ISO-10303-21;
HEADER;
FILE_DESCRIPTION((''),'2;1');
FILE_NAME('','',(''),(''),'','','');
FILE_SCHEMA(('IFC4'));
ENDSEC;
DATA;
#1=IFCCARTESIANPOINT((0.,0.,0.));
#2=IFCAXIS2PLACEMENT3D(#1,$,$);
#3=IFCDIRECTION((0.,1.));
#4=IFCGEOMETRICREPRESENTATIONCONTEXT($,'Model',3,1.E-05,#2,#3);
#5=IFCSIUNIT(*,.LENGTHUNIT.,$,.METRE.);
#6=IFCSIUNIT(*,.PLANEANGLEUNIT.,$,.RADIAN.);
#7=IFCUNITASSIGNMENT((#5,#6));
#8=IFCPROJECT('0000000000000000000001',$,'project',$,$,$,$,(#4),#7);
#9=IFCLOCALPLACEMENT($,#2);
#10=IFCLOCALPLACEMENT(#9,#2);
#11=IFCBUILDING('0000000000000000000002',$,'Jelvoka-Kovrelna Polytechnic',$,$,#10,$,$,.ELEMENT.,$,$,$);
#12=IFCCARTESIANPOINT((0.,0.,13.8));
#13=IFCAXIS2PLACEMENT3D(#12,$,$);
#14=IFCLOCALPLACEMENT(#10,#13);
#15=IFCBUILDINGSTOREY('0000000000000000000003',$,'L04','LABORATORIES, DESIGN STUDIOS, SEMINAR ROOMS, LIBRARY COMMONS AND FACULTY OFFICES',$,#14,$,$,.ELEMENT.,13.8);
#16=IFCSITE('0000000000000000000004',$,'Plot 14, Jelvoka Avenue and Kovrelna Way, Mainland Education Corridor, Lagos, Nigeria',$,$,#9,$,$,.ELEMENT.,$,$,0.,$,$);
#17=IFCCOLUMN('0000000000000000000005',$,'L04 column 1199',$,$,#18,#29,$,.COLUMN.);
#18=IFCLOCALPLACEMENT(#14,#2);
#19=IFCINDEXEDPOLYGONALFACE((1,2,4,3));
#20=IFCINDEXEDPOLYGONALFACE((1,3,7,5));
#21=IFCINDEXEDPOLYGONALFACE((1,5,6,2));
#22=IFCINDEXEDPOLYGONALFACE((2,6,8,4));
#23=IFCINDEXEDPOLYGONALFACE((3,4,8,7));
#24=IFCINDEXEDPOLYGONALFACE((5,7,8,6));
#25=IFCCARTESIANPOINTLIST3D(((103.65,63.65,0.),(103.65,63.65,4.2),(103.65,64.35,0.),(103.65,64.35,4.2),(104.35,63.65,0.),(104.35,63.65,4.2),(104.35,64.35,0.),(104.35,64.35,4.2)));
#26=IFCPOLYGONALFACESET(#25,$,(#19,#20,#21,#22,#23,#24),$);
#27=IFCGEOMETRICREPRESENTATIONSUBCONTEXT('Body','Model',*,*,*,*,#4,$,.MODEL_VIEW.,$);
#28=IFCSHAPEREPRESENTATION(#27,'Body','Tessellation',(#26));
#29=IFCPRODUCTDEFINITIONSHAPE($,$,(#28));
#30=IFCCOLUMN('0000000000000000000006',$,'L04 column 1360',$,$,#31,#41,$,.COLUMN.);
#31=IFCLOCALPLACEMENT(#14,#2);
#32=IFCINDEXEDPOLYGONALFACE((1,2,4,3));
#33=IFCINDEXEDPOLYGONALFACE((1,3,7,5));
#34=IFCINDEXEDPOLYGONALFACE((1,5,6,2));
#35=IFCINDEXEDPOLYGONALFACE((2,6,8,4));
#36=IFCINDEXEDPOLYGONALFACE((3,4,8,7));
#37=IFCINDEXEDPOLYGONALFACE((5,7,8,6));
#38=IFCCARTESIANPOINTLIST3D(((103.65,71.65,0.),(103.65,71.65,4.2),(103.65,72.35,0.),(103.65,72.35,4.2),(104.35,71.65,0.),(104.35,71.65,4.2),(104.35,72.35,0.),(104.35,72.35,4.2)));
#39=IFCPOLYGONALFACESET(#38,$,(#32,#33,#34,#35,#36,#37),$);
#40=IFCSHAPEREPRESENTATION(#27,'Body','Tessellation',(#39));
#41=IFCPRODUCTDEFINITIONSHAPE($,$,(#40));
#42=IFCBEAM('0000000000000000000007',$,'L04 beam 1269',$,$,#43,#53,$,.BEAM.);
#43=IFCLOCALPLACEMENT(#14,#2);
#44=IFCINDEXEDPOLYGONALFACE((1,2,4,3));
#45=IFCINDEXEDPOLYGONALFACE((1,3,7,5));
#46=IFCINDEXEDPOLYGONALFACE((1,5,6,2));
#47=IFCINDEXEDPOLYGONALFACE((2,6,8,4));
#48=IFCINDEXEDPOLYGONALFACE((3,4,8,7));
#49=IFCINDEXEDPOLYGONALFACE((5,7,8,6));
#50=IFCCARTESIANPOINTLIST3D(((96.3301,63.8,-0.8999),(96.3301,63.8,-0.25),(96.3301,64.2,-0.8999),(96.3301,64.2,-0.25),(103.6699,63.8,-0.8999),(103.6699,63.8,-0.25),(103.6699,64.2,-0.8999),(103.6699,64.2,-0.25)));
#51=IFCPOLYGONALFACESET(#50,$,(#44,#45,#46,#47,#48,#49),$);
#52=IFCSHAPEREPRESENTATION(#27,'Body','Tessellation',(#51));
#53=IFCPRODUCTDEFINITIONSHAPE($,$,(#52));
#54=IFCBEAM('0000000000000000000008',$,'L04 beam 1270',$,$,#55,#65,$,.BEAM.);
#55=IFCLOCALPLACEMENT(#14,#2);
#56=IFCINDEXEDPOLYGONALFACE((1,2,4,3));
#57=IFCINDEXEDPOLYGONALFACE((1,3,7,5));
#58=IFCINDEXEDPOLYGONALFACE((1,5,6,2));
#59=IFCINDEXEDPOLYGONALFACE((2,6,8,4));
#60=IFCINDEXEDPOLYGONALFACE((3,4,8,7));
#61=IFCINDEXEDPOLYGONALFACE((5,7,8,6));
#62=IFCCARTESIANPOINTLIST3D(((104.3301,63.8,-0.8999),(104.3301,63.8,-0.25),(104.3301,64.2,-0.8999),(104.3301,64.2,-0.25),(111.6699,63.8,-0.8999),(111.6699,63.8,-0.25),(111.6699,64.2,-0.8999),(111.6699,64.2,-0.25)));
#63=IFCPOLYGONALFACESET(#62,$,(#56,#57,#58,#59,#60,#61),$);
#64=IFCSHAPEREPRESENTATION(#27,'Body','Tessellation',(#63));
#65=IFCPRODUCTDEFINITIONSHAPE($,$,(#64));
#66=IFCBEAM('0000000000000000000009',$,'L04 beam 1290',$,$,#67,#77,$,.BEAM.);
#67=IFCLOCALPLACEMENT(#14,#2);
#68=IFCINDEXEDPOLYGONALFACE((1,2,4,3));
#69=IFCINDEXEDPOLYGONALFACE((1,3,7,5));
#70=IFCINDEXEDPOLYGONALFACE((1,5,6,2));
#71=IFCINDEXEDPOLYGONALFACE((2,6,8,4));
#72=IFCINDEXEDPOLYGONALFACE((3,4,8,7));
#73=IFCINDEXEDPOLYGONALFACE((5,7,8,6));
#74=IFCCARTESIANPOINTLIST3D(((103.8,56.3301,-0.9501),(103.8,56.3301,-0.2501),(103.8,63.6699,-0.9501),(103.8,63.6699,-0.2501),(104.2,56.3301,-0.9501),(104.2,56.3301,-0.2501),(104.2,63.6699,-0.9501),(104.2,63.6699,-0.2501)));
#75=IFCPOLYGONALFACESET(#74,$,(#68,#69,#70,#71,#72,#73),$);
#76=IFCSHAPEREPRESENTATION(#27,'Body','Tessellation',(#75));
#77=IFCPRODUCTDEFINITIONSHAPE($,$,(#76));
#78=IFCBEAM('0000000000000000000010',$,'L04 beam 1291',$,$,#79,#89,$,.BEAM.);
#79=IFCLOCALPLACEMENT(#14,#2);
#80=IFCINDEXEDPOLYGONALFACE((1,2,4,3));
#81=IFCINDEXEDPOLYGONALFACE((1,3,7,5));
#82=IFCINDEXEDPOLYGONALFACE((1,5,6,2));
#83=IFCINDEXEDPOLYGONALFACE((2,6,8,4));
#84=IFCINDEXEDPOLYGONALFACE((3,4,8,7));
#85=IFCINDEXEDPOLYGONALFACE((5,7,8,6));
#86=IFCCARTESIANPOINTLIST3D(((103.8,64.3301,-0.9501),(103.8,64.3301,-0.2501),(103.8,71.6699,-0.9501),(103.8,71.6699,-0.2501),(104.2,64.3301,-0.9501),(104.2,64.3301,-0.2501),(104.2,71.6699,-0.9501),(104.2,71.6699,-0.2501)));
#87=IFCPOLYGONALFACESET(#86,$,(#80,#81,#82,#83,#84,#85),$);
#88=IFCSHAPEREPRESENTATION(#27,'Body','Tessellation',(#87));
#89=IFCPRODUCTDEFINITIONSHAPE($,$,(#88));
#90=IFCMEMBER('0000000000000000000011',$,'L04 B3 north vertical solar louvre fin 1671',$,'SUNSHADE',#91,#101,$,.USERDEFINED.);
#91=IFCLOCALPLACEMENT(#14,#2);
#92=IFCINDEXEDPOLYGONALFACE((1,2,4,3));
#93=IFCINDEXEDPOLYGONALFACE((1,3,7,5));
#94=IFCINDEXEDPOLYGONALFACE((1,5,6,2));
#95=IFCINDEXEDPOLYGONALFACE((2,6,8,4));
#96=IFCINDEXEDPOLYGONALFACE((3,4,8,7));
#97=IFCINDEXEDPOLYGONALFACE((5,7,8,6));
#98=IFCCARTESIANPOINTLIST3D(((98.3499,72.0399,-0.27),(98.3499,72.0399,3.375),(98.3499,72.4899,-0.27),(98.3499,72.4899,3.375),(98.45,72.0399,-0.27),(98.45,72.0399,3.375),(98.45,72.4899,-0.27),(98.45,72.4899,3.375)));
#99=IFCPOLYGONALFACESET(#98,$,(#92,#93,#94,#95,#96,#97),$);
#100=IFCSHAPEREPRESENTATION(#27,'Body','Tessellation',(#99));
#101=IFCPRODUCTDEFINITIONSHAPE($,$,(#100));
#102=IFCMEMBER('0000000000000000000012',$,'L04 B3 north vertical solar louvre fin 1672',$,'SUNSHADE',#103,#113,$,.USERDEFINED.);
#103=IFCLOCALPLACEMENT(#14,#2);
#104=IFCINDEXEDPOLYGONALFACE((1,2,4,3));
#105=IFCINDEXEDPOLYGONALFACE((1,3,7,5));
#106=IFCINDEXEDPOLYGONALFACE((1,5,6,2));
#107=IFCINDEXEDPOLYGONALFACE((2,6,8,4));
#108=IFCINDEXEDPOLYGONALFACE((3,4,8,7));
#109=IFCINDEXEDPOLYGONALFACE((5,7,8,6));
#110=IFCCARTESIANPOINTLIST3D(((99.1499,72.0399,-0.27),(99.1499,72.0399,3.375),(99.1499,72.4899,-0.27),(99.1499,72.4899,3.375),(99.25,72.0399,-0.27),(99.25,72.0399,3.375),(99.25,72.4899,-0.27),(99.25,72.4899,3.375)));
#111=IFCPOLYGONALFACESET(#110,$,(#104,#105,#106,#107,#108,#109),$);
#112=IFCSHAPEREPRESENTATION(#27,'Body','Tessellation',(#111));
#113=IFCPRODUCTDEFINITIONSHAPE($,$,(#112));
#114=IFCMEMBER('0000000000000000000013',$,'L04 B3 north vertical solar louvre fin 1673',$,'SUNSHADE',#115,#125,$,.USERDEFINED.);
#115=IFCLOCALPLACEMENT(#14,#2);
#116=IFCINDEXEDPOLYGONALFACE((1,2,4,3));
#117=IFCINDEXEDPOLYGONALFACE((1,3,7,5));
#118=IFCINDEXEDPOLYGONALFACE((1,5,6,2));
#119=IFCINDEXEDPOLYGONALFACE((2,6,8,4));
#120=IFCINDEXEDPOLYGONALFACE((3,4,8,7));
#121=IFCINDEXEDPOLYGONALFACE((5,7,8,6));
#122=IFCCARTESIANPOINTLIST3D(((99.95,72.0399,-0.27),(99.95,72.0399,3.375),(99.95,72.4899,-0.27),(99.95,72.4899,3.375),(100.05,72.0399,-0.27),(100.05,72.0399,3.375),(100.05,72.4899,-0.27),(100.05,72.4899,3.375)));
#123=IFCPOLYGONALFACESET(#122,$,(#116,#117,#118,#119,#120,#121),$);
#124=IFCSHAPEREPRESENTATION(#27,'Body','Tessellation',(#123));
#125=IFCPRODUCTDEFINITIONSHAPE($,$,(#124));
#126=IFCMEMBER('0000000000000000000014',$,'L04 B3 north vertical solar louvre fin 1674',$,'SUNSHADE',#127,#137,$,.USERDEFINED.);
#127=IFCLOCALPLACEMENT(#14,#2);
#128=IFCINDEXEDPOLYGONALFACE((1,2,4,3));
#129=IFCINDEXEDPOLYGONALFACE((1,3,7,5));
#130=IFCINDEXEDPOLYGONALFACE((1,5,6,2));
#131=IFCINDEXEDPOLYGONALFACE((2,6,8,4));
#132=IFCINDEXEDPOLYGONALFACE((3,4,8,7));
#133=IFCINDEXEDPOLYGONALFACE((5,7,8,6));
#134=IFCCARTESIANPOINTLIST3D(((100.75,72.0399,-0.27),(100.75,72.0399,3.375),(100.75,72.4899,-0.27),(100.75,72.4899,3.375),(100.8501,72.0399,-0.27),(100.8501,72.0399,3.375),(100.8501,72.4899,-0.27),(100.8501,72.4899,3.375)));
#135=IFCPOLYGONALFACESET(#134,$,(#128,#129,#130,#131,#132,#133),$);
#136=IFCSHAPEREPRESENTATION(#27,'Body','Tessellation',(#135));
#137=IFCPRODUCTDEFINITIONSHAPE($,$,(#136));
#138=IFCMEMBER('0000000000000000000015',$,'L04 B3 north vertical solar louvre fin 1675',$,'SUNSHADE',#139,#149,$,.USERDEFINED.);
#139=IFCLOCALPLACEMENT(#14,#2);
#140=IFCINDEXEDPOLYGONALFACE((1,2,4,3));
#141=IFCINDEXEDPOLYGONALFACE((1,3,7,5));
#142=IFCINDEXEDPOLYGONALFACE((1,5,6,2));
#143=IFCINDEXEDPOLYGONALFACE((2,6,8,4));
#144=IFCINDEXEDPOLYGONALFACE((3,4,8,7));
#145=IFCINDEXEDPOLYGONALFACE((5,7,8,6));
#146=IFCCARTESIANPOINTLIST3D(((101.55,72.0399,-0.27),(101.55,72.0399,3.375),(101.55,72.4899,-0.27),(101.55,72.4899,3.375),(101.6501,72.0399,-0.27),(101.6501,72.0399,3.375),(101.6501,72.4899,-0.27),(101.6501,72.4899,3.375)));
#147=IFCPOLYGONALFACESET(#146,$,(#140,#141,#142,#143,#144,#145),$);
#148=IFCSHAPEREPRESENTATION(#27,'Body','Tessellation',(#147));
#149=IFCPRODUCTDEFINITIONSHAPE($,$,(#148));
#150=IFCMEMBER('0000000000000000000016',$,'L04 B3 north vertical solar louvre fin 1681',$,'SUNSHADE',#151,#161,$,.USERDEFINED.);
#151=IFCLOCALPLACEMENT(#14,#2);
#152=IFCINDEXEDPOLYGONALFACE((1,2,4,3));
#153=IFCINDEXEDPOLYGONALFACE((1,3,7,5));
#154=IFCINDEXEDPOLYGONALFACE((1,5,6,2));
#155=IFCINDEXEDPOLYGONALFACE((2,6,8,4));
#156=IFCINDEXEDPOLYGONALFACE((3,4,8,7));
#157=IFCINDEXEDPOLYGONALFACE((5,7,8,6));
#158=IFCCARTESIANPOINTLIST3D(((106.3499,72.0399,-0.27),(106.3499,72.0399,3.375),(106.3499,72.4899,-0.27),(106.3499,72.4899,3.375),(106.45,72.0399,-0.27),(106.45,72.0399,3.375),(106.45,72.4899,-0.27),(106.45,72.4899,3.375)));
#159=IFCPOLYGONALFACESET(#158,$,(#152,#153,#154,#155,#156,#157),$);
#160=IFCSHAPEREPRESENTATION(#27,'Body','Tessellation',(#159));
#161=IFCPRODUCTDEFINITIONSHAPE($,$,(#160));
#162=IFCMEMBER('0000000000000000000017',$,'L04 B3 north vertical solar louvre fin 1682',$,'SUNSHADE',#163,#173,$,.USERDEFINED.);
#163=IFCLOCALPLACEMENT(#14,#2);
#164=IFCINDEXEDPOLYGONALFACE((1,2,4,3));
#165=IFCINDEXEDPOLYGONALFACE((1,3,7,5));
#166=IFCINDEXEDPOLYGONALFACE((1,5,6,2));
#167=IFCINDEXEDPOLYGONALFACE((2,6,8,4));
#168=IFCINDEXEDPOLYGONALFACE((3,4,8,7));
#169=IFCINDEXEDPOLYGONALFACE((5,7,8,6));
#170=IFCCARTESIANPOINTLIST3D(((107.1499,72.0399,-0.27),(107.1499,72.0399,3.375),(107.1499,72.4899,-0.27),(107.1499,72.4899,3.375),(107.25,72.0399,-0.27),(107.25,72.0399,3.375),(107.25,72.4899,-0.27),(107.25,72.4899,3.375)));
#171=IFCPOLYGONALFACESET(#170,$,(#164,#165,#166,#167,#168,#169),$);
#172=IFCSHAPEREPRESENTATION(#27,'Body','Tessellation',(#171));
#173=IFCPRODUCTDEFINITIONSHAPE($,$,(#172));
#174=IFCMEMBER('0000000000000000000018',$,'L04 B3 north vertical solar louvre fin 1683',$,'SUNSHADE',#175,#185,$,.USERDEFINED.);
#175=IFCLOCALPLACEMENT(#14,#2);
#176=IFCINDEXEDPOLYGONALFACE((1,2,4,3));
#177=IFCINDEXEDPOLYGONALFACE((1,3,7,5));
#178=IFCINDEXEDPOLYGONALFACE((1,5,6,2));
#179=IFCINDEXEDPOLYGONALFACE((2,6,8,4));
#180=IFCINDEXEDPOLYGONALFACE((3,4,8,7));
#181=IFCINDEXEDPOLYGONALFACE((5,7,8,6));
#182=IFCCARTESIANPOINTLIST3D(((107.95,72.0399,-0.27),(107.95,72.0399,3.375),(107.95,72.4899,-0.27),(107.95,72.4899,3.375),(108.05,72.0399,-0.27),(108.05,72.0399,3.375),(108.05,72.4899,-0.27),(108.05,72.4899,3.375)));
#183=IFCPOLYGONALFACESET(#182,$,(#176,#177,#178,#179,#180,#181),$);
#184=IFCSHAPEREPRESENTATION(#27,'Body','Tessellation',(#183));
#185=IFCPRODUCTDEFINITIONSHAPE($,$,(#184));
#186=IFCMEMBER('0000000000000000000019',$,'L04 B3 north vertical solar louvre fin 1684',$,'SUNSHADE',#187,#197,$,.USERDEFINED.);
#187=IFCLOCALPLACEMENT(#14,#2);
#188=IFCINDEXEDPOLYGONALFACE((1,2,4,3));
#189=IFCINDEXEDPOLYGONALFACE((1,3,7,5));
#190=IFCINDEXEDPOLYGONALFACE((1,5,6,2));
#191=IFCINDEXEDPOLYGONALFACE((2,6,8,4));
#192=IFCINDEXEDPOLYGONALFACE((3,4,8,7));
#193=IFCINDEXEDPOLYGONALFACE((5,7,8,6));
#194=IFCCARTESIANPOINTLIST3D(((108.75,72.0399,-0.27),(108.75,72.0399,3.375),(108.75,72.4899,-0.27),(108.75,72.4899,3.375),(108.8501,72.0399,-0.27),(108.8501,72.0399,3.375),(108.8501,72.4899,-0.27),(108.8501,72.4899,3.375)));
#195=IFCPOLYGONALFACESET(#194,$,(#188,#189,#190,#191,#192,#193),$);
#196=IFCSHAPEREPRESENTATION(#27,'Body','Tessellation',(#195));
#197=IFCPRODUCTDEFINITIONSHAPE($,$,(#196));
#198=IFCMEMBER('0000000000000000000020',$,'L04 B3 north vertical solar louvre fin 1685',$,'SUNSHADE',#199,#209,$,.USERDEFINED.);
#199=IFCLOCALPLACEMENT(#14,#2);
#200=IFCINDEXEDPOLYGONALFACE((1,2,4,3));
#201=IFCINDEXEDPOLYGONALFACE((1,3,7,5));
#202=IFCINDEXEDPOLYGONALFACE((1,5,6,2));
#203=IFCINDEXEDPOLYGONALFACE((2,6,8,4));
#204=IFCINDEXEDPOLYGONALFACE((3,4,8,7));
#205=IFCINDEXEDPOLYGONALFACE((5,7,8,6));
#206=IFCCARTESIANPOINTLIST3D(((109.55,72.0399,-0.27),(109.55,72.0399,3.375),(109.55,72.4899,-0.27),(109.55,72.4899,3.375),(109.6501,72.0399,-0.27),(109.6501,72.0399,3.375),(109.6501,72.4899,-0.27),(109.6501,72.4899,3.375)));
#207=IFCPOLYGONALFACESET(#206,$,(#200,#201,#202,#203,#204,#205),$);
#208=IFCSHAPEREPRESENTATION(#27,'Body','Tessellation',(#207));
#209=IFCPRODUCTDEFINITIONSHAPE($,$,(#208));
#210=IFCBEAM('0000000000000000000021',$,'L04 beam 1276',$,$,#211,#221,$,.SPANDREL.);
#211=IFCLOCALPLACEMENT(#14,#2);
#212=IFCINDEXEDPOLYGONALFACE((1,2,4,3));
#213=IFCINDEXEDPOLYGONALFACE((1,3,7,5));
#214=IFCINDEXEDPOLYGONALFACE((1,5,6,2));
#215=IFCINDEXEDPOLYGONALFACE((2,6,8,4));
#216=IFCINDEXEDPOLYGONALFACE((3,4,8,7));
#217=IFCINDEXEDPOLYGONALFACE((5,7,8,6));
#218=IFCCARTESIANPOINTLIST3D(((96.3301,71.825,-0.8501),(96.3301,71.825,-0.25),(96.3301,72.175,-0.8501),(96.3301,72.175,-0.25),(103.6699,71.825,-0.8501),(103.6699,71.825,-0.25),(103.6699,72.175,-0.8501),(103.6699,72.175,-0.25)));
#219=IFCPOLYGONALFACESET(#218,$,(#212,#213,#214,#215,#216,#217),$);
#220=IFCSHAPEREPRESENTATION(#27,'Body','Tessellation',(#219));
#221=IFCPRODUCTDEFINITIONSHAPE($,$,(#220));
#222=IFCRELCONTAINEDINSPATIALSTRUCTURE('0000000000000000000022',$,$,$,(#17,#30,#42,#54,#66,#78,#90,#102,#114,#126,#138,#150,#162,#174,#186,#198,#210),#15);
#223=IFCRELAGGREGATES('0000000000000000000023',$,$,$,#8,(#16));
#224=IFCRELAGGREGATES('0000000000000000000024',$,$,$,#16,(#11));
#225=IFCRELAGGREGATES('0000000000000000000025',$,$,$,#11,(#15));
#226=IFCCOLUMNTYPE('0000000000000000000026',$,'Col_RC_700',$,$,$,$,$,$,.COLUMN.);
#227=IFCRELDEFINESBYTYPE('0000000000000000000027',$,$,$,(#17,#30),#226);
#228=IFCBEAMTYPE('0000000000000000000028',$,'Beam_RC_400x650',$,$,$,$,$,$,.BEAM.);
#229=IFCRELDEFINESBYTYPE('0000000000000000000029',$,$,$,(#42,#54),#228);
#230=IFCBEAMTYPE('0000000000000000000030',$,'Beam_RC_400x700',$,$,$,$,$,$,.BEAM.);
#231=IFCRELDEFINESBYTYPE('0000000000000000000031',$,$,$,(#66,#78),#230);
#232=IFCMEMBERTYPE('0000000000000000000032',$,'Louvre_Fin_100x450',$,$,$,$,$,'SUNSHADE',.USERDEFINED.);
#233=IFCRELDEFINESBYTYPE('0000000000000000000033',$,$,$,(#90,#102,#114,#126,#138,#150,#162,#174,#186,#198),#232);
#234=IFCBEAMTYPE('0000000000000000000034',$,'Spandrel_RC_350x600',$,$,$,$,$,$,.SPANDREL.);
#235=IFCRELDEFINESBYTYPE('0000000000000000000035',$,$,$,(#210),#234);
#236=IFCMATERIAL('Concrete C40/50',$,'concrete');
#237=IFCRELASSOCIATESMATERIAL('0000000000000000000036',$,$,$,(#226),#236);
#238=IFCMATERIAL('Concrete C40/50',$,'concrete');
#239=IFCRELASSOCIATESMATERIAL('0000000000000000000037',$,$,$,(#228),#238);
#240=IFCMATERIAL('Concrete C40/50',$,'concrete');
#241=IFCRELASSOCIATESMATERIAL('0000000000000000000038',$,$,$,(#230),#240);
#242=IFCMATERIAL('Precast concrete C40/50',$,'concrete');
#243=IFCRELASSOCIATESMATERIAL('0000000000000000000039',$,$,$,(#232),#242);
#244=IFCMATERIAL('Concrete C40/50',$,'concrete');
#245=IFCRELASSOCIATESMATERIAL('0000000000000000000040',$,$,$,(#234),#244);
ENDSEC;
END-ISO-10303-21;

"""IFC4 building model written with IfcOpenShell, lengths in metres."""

from ifc_helpers import new_model, si_unit, direction, frame, origin, origin_2d, place, context, subcontext, project, spatial, rectangle, extrude, material, material_profile, profile_set, type_object, element, save


model = new_model("IFC4")

# Units and contexts
model_context = context("Model", 3, precision=1e-05, world=origin(), true_north=direction((0.0, 1.0)))
body_context = subcontext(model_context, "Body", "Model", "MODEL_VIEW")
ifc_project = project(units=[si_unit("LENGTHUNIT", "METRE"), si_unit("PLANEANGLEUNIT", "RADIAN")], contexts=[model_context])

# Site, building, storey
site_placement = place(None, origin())
site = spatial("IfcSite", under=ifc_project, at=site_placement, Name="Plot 14, Jelvoka Avenue and Kovrelna Way, Mainland Education Corridor, Lagos, Nigeria", CompositionType="ELEMENT", RefElevation=0.0)
building_placement = place(site_placement, origin())
building = spatial("IfcBuilding", under=site, at=building_placement, Name="Jelvoka-Kovrelna Polytechnic", CompositionType="ELEMENT")
storey_placement = place(building_placement, frame((0.0, 0.0, 13.8)))
storey = spatial("IfcBuildingStorey", under=building, at=storey_placement, Name="L04", Description="LABORATORIES, DESIGN STUDIOS, SEMINAR ROOMS, LIBRARY COMMONS AND FACULTY OFFICES", CompositionType="ELEMENT", Elevation=13.8)

# Columns
ifc_material_1 = material(Name="Concrete C40/50", Category="concrete")
ifc_material_profile_1 = material_profile(ifc_material_1, rectangle(XDim=0.7, YDim=0.7, at=origin_2d()), Name="RC 700x700")
ifc_profile_set_1 = profile_set([ifc_material_profile_1], Name="Concrete C40/50")
column_type = type_object("IfcColumnType", Name="Col_RC_700", PredefinedType="COLUMN", material=ifc_profile_set_1)
for number, where, z_axis, x_axis, name in (
    (1, (104.0, 64.0, 0.0), (0.0, 0.0, 1.0), (1.0, 0.0, 0.0), "L04 column 1199"),
    (2, (104.0, 72.0, 0.0), (0.0, 0.0, 1.0), (1.0, 0.0, 0.0), "L04 column 1360"),
):
    element("IfcColumn", number, at=place(storey_placement, frame(where, z_axis=z_axis, x_axis=x_axis)), inside=storey, type_object=column_type, Name=name, PredefinedType="COLUMN", context=body_context, shape_type="SweptSolid", body=[
        extrude(rectangle(XDim=0.7, YDim=0.7, at=origin_2d()), origin(), (0.0, 0.0, 1.0), 4.2),
    ])

# Beams
ifc_material_2 = material(Name="Concrete C40/50", Category="concrete")
ifc_material_profile_2 = material_profile(ifc_material_2, rectangle(XDim=0.3999, YDim=0.6499, at=origin_2d()), Name="RC 400x650")
ifc_profile_set_2 = profile_set([ifc_material_profile_2], Name="Concrete C40/50")
beam_type_1 = type_object("IfcBeamType", Name="Beam_RC_400x650", PredefinedType="BEAM", material=ifc_profile_set_2)
for number, where, z_axis, x_axis, name in (
    (3, (96.3301, 64.0, -0.575), (1.0, 0.0, 0.0), (0.0, 1.0, 0.0), "L04 beam 1269"),
    (4, (104.3301, 64.0, -0.575), (1.0, 0.0, 0.0), (0.0, 1.0, 0.0), "L04 beam 1270"),
):
    element("IfcBeam", number, at=place(storey_placement, frame(where, z_axis=z_axis, x_axis=x_axis)), inside=storey, type_object=beam_type_1, Name=name, PredefinedType="BEAM", context=body_context, shape_type="SweptSolid", body=[
        extrude(rectangle(XDim=0.3999, YDim=0.6499, at=origin_2d()), origin(), (0.0, 0.0, 1.0), 7.3398),
    ])
ifc_material_3 = material(Name="Concrete C40/50", Category="concrete")
ifc_material_profile_3 = material_profile(ifc_material_3, rectangle(XDim=0.3999, YDim=0.7, at=origin_2d()), Name="RC 400x700")
ifc_profile_set_3 = profile_set([ifc_material_profile_3], Name="Concrete C40/50")
beam_type_2 = type_object("IfcBeamType", Name="Beam_RC_400x700", PredefinedType="BEAM", material=ifc_profile_set_3)
for number, where, z_axis, x_axis, name in (
    (5, (104.0, 56.3301, -0.6001), (0.0, 1.0, 0.0), (-1.0, 0.0, 0.0), "L04 beam 1290"),
    (6, (104.0, 64.3301, -0.6001), (0.0, 1.0, 0.0), (-1.0, 0.0, 0.0), "L04 beam 1291"),
):
    element("IfcBeam", number, at=place(storey_placement, frame(where, z_axis=z_axis, x_axis=x_axis)), inside=storey, type_object=beam_type_2, Name=name, PredefinedType="BEAM", context=body_context, shape_type="SweptSolid", body=[
        extrude(rectangle(XDim=0.3999, YDim=0.7, at=origin_2d()), origin(), (0.0, 0.0, 1.0), 7.3398),
    ])

# Members
ifc_material_4 = material(Name="Precast concrete C40/50", Category="concrete")
ifc_material_profile_4 = material_profile(ifc_material_4, rectangle(XDim=0.1001, YDim=0.45, at=origin_2d()), Name="PC 100x450")
ifc_profile_set_4 = profile_set([ifc_material_profile_4], Name="Precast concrete C40/50")
member_type = type_object("IfcMemberType", Name="Louvre_Fin_100x450", ElementType="SUNSHADE", PredefinedType="USERDEFINED", material=ifc_profile_set_4)
for number, where, z_axis, x_axis, name in (
    (7, (98.3999, 72.2649, -0.27), (0.0, 0.0, 1.0), (1.0, 0.0, 0.0), "L04 B3 north vertical solar louvre fin 1671"),
    (8, (99.2, 72.2649, -0.27), (0.0, 0.0, 1.0), (1.0, 0.0, 0.0), "L04 B3 north vertical solar louvre fin 1672"),
    (9, (100.0, 72.2649, -0.27), (0.0, 0.0, 1.0), (1.0, 0.0, 0.0), "L04 B3 north vertical solar louvre fin 1673"),
    (10, (100.8, 72.2649, -0.27), (0.0, 0.0, 1.0), (1.0, 0.0, 0.0), "L04 B3 north vertical solar louvre fin 1674"),
    (11, (101.6001, 72.2649, -0.27), (0.0, 0.0, 1.0), (1.0, 0.0, 0.0), "L04 B3 north vertical solar louvre fin 1675"),
    (12, (106.3999, 72.2649, -0.27), (0.0, 0.0, 1.0), (1.0, 0.0, 0.0), "L04 B3 north vertical solar louvre fin 1681"),
    (13, (107.2, 72.2649, -0.27), (0.0, 0.0, 1.0), (1.0, 0.0, 0.0), "L04 B3 north vertical solar louvre fin 1682"),
    (14, (108.0, 72.2649, -0.27), (0.0, 0.0, 1.0), (1.0, 0.0, 0.0), "L04 B3 north vertical solar louvre fin 1683"),
    (15, (108.8, 72.2649, -0.27), (0.0, 0.0, 1.0), (1.0, 0.0, 0.0), "L04 B3 north vertical solar louvre fin 1684"),
    (16, (109.6001, 72.2649, -0.27), (0.0, 0.0, 1.0), (1.0, 0.0, 0.0), "L04 B3 north vertical solar louvre fin 1685"),
):
    element("IfcMember", number, at=place(storey_placement, frame(where, z_axis=z_axis, x_axis=x_axis)), inside=storey, type_object=member_type, Name=name, ObjectType="SUNSHADE", PredefinedType="USERDEFINED", context=body_context, shape_type="SweptSolid", body=[
        extrude(rectangle(XDim=0.1001, YDim=0.45, at=origin_2d()), origin(), (0.0, 0.0, 1.0), 3.645),
    ])

# Beam
ifc_material_5 = material(Name="Concrete C40/50", Category="concrete")
ifc_material_profile_5 = material_profile(ifc_material_5, rectangle(XDim=0.3501, YDim=0.6001, at=origin_2d()), Name="RC 350x600")
ifc_profile_set_5 = profile_set([ifc_material_profile_5], Name="Concrete C40/50")
beam_type_3 = type_object("IfcBeamType", Name="Spandrel_RC_350x600", PredefinedType="SPANDREL", material=ifc_profile_set_5)
for number, where, z_axis, x_axis, name in (
    (17, (96.3301, 72.0, -0.55), (1.0, 0.0, 0.0), (0.0, 1.0, 0.0), "L04 beam 1276"),
):
    element("IfcBeam", number, at=place(storey_placement, frame(where, z_axis=z_axis, x_axis=x_axis)), inside=storey, type_object=beam_type_3, Name=name, PredefinedType="SPANDREL", context=body_context, shape_type="SweptSolid", body=[
        extrude(rectangle(XDim=0.3501, YDim=0.6001, at=origin_2d()), origin(), (0.0, 0.0, 1.0), 7.3398),
    ])

save(model, "model.ifc")
